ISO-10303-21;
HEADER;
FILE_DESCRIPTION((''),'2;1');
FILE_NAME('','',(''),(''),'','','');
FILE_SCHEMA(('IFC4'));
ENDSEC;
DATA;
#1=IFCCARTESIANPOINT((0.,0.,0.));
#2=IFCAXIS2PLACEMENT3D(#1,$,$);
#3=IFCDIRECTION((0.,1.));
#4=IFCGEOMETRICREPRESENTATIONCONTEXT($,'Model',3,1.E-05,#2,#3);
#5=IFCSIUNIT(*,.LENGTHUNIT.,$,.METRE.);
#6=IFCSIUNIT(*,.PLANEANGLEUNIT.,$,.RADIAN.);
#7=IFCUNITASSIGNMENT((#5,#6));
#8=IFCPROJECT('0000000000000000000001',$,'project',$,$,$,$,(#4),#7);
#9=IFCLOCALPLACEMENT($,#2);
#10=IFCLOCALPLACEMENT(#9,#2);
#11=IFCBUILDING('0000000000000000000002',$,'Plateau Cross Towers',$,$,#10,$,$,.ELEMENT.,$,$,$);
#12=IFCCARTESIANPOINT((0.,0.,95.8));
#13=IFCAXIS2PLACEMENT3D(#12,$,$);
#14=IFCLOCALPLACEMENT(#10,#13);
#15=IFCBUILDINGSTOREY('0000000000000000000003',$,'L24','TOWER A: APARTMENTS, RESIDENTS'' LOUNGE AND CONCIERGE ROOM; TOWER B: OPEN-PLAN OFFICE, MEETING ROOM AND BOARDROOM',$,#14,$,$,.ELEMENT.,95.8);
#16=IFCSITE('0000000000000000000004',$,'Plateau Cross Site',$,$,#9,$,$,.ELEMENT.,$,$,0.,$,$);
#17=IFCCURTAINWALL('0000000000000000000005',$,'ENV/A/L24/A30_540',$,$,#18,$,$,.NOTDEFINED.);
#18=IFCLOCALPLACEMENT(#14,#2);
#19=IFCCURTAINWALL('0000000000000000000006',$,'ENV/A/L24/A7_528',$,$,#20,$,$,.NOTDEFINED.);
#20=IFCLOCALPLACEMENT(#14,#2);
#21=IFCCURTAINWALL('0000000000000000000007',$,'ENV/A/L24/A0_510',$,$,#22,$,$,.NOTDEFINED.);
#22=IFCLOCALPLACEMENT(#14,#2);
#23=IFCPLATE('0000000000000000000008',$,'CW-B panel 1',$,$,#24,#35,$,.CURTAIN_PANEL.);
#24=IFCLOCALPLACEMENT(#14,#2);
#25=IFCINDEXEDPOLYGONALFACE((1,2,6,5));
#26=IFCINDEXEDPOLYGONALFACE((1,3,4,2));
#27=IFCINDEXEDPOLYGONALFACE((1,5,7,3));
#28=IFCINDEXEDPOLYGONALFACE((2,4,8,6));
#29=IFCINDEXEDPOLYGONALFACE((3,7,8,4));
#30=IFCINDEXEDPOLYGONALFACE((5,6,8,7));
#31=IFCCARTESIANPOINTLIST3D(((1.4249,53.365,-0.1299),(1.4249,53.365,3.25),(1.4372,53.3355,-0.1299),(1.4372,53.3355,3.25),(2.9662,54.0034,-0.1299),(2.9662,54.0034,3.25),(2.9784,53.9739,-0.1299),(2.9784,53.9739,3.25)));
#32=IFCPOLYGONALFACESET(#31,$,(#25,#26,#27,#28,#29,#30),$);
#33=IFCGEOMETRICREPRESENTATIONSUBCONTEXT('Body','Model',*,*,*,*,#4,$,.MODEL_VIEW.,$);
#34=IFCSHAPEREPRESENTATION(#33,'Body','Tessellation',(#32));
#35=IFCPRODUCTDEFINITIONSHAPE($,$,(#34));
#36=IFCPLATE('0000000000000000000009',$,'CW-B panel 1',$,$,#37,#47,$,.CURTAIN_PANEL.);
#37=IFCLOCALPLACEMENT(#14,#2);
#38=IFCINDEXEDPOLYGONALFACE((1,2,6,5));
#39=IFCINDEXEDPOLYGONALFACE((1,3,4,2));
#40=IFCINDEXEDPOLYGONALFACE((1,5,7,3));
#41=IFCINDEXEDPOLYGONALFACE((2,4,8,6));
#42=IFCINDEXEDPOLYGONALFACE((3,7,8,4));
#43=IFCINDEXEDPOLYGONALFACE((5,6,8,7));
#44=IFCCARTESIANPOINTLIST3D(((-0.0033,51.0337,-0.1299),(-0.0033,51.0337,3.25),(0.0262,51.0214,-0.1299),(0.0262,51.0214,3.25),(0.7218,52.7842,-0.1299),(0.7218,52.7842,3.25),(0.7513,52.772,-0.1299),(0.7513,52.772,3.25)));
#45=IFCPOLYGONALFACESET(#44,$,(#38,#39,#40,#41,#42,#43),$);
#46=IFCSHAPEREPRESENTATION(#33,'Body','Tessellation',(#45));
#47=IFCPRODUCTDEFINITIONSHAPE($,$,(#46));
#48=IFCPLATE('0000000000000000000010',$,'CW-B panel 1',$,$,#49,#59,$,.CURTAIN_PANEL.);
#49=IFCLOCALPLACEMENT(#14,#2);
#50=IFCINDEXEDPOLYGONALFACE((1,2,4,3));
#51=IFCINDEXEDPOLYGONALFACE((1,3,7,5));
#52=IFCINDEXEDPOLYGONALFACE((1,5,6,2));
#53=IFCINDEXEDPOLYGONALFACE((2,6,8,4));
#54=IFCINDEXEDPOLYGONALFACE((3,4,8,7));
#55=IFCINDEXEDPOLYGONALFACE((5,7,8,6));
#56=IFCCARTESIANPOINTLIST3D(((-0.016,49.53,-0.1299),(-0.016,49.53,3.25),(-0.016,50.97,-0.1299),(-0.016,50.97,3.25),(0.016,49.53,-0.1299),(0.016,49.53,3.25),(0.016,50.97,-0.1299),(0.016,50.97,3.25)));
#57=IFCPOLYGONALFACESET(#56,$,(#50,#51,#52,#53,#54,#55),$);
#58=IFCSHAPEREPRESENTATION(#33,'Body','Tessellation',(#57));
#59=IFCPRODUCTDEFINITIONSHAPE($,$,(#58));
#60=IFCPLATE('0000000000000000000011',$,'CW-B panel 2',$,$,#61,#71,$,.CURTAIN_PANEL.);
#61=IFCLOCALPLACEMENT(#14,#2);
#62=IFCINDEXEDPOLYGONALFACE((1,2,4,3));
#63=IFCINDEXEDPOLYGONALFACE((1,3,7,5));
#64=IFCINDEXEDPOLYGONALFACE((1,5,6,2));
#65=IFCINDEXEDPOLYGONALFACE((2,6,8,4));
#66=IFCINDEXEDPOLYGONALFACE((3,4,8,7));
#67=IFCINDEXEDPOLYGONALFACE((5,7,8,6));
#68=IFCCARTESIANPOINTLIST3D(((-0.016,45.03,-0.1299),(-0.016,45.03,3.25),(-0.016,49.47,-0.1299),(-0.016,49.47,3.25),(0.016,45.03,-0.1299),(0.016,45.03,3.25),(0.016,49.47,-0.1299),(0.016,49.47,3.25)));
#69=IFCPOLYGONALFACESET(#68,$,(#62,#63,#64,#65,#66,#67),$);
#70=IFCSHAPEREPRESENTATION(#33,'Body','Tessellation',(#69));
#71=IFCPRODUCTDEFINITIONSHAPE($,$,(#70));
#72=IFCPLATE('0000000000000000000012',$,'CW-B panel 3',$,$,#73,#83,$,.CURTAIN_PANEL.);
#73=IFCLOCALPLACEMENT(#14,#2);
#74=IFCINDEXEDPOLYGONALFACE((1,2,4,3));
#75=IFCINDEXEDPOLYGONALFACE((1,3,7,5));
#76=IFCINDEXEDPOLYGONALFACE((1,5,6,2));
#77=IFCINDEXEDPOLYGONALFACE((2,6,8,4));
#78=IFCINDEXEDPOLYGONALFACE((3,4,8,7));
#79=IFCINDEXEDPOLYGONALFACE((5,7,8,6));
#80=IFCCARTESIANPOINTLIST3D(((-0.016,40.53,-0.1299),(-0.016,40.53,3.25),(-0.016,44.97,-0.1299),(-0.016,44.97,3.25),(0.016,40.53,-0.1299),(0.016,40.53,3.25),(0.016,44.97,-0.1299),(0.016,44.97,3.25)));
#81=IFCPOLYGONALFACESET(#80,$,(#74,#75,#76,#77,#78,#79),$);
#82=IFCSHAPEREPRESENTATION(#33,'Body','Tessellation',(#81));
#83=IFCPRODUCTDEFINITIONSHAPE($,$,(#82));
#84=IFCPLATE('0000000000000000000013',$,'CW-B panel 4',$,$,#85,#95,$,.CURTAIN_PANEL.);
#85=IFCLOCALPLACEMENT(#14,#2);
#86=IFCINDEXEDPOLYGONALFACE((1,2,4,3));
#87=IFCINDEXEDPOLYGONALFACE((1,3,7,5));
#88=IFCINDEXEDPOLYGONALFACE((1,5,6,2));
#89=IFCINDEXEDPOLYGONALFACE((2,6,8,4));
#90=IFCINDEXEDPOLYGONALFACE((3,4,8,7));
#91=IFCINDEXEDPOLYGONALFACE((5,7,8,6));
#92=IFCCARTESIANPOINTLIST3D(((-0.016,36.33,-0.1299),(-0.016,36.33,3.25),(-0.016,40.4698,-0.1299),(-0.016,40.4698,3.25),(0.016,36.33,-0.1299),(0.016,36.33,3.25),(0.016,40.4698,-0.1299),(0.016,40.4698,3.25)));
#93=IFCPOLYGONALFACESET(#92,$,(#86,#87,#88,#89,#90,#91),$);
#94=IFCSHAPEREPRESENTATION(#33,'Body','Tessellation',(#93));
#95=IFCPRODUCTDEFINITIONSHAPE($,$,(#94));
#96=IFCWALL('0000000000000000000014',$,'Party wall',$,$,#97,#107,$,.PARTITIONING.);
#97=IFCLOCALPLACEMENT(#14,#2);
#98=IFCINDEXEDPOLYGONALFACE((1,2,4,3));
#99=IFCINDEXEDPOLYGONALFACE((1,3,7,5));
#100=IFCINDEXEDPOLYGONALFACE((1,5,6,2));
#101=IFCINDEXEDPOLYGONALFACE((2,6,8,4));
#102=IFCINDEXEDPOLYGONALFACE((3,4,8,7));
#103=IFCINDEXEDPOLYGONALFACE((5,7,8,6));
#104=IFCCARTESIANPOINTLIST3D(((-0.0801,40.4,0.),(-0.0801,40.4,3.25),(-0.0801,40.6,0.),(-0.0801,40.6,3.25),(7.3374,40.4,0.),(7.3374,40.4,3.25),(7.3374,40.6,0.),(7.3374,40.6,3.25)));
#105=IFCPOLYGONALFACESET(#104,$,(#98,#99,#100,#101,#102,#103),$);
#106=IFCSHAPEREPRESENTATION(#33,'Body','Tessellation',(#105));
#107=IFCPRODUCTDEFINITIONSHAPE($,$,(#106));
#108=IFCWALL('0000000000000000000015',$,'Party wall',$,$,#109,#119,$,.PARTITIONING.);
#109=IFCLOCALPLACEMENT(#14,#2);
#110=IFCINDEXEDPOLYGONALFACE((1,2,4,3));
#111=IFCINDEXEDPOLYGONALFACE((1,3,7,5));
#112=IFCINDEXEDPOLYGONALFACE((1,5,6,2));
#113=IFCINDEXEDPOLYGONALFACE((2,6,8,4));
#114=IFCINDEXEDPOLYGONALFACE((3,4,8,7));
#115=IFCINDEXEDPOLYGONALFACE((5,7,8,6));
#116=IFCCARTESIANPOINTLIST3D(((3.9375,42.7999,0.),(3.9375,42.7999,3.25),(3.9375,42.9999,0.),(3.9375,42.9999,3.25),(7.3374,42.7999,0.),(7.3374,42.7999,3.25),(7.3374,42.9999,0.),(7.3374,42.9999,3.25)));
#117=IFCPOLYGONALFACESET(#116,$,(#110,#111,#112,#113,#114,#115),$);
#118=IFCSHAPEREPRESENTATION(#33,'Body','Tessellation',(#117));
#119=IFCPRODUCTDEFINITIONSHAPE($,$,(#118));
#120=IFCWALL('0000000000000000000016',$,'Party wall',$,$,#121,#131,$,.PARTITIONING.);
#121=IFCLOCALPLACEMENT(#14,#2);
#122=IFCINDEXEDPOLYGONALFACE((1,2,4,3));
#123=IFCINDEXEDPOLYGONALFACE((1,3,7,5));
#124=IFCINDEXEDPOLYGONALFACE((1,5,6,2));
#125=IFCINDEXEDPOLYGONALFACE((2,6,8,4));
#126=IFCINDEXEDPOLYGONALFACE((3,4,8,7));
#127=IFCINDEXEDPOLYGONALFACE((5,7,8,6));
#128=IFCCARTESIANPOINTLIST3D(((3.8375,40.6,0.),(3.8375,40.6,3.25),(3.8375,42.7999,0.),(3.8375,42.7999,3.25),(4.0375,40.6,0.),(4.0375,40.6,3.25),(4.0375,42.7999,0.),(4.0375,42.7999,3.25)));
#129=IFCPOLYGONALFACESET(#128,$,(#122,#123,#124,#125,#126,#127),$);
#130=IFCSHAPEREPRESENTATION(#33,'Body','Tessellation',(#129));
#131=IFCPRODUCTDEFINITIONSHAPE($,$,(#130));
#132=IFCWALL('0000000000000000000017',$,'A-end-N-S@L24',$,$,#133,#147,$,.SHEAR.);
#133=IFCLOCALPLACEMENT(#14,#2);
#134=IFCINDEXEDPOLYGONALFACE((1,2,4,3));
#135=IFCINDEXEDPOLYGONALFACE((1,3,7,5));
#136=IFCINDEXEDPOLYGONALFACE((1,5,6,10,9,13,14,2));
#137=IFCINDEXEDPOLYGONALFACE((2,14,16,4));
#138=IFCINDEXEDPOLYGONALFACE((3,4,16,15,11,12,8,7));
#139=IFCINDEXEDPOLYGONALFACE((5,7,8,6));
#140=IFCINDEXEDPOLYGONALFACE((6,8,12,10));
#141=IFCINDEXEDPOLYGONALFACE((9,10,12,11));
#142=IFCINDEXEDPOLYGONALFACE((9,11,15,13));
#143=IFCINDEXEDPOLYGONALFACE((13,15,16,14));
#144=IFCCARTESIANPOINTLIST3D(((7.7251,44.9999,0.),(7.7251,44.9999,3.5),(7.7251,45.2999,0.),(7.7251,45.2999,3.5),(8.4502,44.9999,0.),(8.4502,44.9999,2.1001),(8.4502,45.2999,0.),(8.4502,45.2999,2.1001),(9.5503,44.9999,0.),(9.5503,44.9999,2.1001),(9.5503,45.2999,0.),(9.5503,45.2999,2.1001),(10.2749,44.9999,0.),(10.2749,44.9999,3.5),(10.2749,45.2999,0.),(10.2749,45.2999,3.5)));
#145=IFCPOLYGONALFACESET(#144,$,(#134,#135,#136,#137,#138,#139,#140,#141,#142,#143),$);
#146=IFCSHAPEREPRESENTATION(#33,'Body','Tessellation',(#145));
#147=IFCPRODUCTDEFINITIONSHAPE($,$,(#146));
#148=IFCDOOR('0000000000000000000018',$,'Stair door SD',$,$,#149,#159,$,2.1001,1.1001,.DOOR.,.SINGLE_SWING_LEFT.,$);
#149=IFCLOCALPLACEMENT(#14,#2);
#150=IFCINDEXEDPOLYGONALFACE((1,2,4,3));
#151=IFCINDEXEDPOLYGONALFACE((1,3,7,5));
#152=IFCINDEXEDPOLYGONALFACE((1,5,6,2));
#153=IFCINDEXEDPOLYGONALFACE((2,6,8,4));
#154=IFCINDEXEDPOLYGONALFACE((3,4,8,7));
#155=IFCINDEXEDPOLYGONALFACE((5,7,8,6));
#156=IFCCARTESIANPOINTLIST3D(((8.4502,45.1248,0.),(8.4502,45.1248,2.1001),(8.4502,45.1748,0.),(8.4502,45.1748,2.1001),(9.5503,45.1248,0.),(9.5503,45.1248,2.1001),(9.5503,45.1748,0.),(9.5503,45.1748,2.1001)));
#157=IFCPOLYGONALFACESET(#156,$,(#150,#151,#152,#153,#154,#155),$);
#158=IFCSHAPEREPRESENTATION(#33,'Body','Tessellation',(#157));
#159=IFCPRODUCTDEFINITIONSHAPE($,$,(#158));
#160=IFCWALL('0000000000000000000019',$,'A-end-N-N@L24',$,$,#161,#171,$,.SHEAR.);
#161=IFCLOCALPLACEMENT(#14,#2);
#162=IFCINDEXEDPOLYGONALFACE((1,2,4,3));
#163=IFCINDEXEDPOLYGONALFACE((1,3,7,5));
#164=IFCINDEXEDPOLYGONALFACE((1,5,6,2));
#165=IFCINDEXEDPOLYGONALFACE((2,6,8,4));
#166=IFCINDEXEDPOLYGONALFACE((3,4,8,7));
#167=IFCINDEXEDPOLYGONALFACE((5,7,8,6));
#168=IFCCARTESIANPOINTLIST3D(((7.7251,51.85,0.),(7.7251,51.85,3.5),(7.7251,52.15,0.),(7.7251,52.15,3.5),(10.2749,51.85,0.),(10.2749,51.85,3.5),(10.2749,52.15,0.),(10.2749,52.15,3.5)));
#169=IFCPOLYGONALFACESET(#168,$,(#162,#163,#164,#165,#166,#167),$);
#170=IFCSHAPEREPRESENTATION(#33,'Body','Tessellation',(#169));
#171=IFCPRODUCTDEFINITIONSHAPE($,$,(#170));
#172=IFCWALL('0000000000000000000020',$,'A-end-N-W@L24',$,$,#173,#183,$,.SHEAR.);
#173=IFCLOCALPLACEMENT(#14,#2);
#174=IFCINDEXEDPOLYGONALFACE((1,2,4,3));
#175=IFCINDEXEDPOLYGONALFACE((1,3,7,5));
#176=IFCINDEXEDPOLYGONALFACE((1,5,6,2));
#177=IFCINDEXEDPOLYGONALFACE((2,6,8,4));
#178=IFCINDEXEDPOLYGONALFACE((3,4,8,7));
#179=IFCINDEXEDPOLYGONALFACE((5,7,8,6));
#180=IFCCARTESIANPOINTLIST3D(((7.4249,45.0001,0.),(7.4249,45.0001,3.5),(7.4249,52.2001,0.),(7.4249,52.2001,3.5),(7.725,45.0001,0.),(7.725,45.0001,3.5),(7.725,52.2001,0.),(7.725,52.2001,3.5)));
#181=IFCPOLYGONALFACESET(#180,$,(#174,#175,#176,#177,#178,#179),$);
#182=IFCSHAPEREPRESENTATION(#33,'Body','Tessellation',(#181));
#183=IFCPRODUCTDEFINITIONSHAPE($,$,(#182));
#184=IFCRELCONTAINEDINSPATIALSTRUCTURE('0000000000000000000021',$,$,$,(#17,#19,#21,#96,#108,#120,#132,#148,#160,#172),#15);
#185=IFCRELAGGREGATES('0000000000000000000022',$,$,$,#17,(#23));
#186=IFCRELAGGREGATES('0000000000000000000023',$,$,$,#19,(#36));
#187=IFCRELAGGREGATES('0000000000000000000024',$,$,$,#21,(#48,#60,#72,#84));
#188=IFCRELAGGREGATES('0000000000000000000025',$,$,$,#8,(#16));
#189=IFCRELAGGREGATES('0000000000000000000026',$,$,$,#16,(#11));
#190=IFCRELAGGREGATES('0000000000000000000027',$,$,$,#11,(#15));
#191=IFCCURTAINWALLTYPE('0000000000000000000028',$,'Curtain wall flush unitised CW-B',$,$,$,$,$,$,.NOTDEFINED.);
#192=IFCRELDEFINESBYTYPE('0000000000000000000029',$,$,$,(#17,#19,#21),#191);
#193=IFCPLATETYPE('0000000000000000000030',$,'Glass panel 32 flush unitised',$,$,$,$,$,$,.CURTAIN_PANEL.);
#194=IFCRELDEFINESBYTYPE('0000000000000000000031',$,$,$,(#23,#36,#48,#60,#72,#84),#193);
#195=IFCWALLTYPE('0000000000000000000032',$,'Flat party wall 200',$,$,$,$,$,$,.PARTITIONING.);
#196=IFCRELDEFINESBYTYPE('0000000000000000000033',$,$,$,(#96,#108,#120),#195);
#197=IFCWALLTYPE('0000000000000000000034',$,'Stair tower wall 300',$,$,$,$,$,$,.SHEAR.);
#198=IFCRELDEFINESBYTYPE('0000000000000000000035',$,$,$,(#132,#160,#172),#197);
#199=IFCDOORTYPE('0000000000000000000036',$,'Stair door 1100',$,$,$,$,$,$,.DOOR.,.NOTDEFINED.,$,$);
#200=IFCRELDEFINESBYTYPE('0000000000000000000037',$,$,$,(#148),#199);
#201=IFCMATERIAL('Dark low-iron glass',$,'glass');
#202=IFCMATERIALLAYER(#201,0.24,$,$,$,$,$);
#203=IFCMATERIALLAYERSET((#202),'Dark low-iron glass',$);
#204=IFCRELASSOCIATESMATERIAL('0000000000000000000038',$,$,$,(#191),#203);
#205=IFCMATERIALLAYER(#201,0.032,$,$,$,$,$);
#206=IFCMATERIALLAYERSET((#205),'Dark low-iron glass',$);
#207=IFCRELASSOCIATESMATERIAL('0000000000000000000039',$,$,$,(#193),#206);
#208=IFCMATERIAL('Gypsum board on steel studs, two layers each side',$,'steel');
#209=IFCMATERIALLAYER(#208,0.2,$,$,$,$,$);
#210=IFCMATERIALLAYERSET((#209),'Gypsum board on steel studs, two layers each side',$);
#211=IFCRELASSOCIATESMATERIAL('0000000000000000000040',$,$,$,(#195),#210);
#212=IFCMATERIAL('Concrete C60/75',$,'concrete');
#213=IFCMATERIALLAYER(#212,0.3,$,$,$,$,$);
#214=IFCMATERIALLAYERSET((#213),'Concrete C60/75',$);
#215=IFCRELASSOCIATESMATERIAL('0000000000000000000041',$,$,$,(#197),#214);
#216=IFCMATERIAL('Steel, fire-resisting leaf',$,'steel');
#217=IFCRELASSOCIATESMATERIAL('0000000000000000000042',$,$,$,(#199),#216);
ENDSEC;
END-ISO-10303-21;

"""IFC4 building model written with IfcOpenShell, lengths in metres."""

from ifc_helpers import new_model, si_unit, direction, frame, frame_2d, origin, origin_2d, place, context, subcontext, project, spatial, rectangle, extrude, material, layer, layer_set, type_object, element, fill, aggregate, save


model = new_model("IFC4")

# Units and contexts
model_context = context("Model", 3, precision=1e-05, world=origin(), true_north=direction((0.0, 1.0)))
body_context = subcontext(model_context, "Body", "Model", "MODEL_VIEW")
ifc_project = project(units=[si_unit("LENGTHUNIT", "METRE"), si_unit("PLANEANGLEUNIT", "RADIAN")], contexts=[model_context])

# Site, building, storey
site_placement = place(None, origin())
site = spatial("IfcSite", under=ifc_project, at=site_placement, Name="Plateau Cross Site", CompositionType="ELEMENT", RefElevation=0.0)
building_placement = place(site_placement, origin())
building = spatial("IfcBuilding", under=site, at=building_placement, Name="Plateau Cross Towers", CompositionType="ELEMENT")
storey_placement = place(building_placement, frame((0.0, 0.0, 95.8)))
storey = spatial("IfcBuildingStorey", under=building, at=storey_placement, Name="L24", Description="TOWER A: APARTMENTS, RESIDENTS' LOUNGE AND CONCIERGE ROOM; TOWER B: OPEN-PLAN OFFICE, MEETING ROOM AND BOARDROOM", CompositionType="ELEMENT", Elevation=95.8)

# Shared definitions
ifc_material_1 = material(Name="Concrete C60/75", Category="concrete")

# Shared definitions
ifc_material_2 = material(Name="Dark low-iron glass", Category="glass")
ifc_layer_1 = layer(ifc_material_2, 0.24)
ifc_layer_set_1 = layer_set([ifc_layer_1], Name="Dark low-iron glass")
curtain_wall_type = type_object("IfcCurtainWallType", Name="Curtain wall flush unitised CW-B", PredefinedType="NOTDEFINED", material=ifc_layer_set_1)

# Curtain wall
curtain_wall_1_placement = place(storey_placement, origin())
curtain_wall_1 = element("IfcCurtainWall", 1, at=curtain_wall_1_placement, inside=storey, type_object=curtain_wall_type, Name="ENV/A/L24/A30_540", PredefinedType="NOTDEFINED")

# Curtain wall
curtain_wall_2_placement = place(storey_placement, origin())
curtain_wall_2 = element("IfcCurtainWall", 2, at=curtain_wall_2_placement, inside=storey, type_object=curtain_wall_type, Name="ENV/A/L24/A7_528", PredefinedType="NOTDEFINED")

# Curtain wall
curtain_wall_3_placement = place(storey_placement, origin())
curtain_wall_3 = element("IfcCurtainWall", 3, at=curtain_wall_3_placement, inside=storey, type_object=curtain_wall_type, Name="ENV/A/L24/A0_510", PredefinedType="NOTDEFINED")

# Plates
ifc_layer_2 = layer(ifc_material_2, 0.032)
ifc_layer_set_2 = layer_set([ifc_layer_2], Name="Dark low-iron glass")
plate_type = type_object("IfcPlateType", Name="Glass panel 32 flush unitised", PredefinedType="CURTAIN_PANEL", material=ifc_layer_set_2)
plate_1_placement = place(storey_placement, frame((2.2017, 53.6694, -0.1299), z_axis=(0.0, 0.0, 1.0), x_axis=(-0.923879, -0.382684, 0.0)))
plate_1 = element("IfcPlate", 4, at=plate_1_placement, type_object=plate_type, Name="CW-B panel 1", PredefinedType="CURTAIN_PANEL", context=body_context, shape_type="SweptSolid", body=[
    extrude(rectangle(XDim=1.6682, YDim=0.032, at=origin_2d()), origin(), (0.0, 0.0, 1.0), 3.3799),
])
aggregate(curtain_wall_1, [plate_1])
plate_2_placement = place(storey_placement, frame((0.374, 51.9028, -0.1299), z_axis=(0.0, 0.0, 1.0), x_axis=(-0.382684, -0.923879, 0.0)))
plate_2 = element("IfcPlate", 5, at=plate_2_placement, type_object=plate_type, Name="CW-B panel 1", PredefinedType="CURTAIN_PANEL", context=body_context, shape_type="SweptSolid", body=[
    extrude(rectangle(XDim=1.8948, YDim=0.032, at=origin_2d()), origin(), (0.0, 0.0, 1.0), 3.3799),
])
aggregate(curtain_wall_2, [plate_2])
plate_3_placement = place(storey_placement, frame((0.0, 50.25, -0.1299), z_axis=(0.0, 0.0, 1.0), x_axis=(0.0, -1.0, 0.0)))
plate_3 = element("IfcPlate", 6, at=plate_3_placement, type_object=plate_type, Name="CW-B panel 1", PredefinedType="CURTAIN_PANEL", context=body_context, shape_type="SweptSolid", body=[
    extrude(rectangle(XDim=1.4399, YDim=0.032, at=origin_2d()), origin(), (0.0, 0.0, 1.0), 3.3799),
])
plate_4_placement = place(storey_placement, frame((0.0, 47.25, -0.1299), z_axis=(0.0, 0.0, 1.0), x_axis=(0.0, -1.0, 0.0)))
plate_4 = element("IfcPlate", 7, at=plate_4_placement, type_object=plate_type, Name="CW-B panel 2", PredefinedType="CURTAIN_PANEL", context=body_context, shape_type="SweptSolid", body=[
    extrude(rectangle(XDim=4.4399, YDim=0.032, at=origin_2d()), origin(), (0.0, 0.0, 1.0), 3.3799),
])
plate_5_placement = place(storey_placement, frame((0.0, 42.75, -0.1299), z_axis=(0.0, 0.0, 1.0), x_axis=(0.0, -1.0, 0.0)))
plate_5 = element("IfcPlate", 8, at=plate_5_placement, type_object=plate_type, Name="CW-B panel 3", PredefinedType="CURTAIN_PANEL", context=body_context, shape_type="SweptSolid", body=[
    extrude(rectangle(XDim=4.4399, YDim=0.032, at=origin_2d()), origin(), (0.0, 0.0, 1.0), 3.3799),
])
plate_6_placement = place(storey_placement, frame((0.0, 38.3999, -0.1299), z_axis=(0.0, 0.0, 1.0), x_axis=(0.0, -1.0, 0.0)))
plate_6 = element("IfcPlate", 9, at=plate_6_placement, type_object=plate_type, Name="CW-B panel 4", PredefinedType="CURTAIN_PANEL", context=body_context, shape_type="SweptSolid", body=[
    extrude(rectangle(XDim=4.1399, YDim=0.032, at=origin_2d()), origin(), (0.0, 0.0, 1.0), 3.3799),
])
aggregate(curtain_wall_3, [plate_3, plate_4, plate_5, plate_6])

# Walls
ifc_material_3 = material(Name="Gypsum board on steel studs, two layers each side", Category="steel")
ifc_layer_3 = layer(ifc_material_3, 0.2)
ifc_layer_set_3 = layer_set([ifc_layer_3], Name="Gypsum board on steel studs, two layers each side")
wall_type_1 = type_object("IfcWallType", Name="Flat party wall 200", PredefinedType="PARTITIONING", material=ifc_layer_set_3)
wall_1_placement = place(storey_placement, frame((7.3374, 40.5, 0.0), z_axis=(0.0, 0.0, 1.0), x_axis=(-1.0, 0.0, 0.0)))
element("IfcWall", 10, at=wall_1_placement, inside=storey, type_object=wall_type_1, Name="Party wall", PredefinedType="PARTITIONING", context=body_context, shape_type="SweptSolid", body=[
    extrude(rectangle(XDim=7.4175, YDim=0.2, at=frame_2d((3.7087, 0.0))), origin(), (0.0, 0.0, 1.0), 3.25),
])
wall_2_placement = place(storey_placement, frame((7.3374, 42.8999, 0.0), z_axis=(0.0, 0.0, 1.0), x_axis=(-1.0, 0.0, 0.0)))
element("IfcWall", 11, at=wall_2_placement, inside=storey, type_object=wall_type_1, Name="Party wall", PredefinedType="PARTITIONING", context=body_context, shape_type="SweptSolid", body=[
    extrude(rectangle(XDim=3.3999, YDim=0.2, at=frame_2d((1.7, 0.0))), origin(), (0.0, 0.0, 1.0), 3.25),
])
wall_3_placement = place(storey_placement, frame((3.9375, 42.8, 0.0), z_axis=(0.0, 0.0, 1.0), x_axis=(0.0, -1.0, 0.0)))
element("IfcWall", 12, at=wall_3_placement, inside=storey, type_object=wall_type_1, Name="Party wall", PredefinedType="PARTITIONING", context=body_context, shape_type="SweptSolid", body=[
    extrude(rectangle(XDim=2.2, YDim=0.2, at=frame_2d((1.1001, 0.0))), origin(), (0.0, 0.0, 1.0), 3.25),
])

# Wall, opening, door
ifc_layer_4 = layer(ifc_material_1, 0.3)
ifc_layer_set_4 = layer_set([ifc_layer_4], Name="Concrete C60/75")
wall_type_2 = type_object("IfcWallType", Name="Stair tower wall 300", PredefinedType="SHEAR", material=ifc_layer_set_4)
wall_4_placement = place(storey_placement, frame((7.7251, 45.1499, 0.0), z_axis=(0.0, 0.0, 1.0), x_axis=(1.0, 0.0, 0.0)))
wall_4 = element("IfcWall", 13, at=wall_4_placement, inside=storey, type_object=wall_type_2, Name="A-end-N-S@L24", PredefinedType="SHEAR", context=body_context, shape_type="SweptSolid", body=[
    extrude(rectangle(XDim=2.5498, YDim=0.3, at=frame_2d((1.2749, 0.0))), origin(), (0.0, 0.0, 1.0), 3.5),
])
opening_placement = place(wall_4_placement, frame((0.7251, 0.0, 0.0)))
opening = element("IfcOpeningElement", 14, at=opening_placement, cuts=wall_4, PredefinedType="OPENING", context=body_context, shape_type="SweptSolid", body=[
    extrude(rectangle(XDim=1.1001, YDim=2.1001, at=frame_2d((0.55, 1.05))), frame((0.0, 0.1599, 0.0), z_axis=(0.0, -1.0, 0.0), x_axis=(1.0, 0.0, 0.0)), (0.0, 0.0, 1.0), 0.3201),
])
ifc_material_4 = material(Name="Steel, fire-resisting leaf", Category="steel")
door_type = type_object("IfcDoorType", Name="Stair door 1100", OperationType="NOTDEFINED", PredefinedType="DOOR", material=ifc_material_4)
door_placement = place(opening_placement, origin())
door = element("IfcDoor", 15, at=door_placement, inside=storey, type_object=door_type, Name="Stair door SD", OperationType="SINGLE_SWING_LEFT", OverallHeight=2.1001, OverallWidth=1.1001, PredefinedType="DOOR", context=body_context, shape_type="SweptSolid", body=[
    extrude(rectangle(XDim=1.1001, YDim=2.1001, at=frame_2d((0.55, 1.05))), frame((0.0, 0.0249, 0.0), z_axis=(0.0, -1.0, 0.0), x_axis=(1.0, 0.0, 0.0)), (0.0, 0.0, 1.0), 0.05),
])
fill(opening, door)

# Walls
wall_5_placement = place(storey_placement, frame((7.7251, 52.0, 0.0), z_axis=(0.0, 0.0, 1.0), x_axis=(1.0, 0.0, 0.0)))
element("IfcWall", 16, at=wall_5_placement, inside=storey, type_object=wall_type_2, Name="A-end-N-N@L24", PredefinedType="SHEAR", context=body_context, shape_type="SweptSolid", body=[
    extrude(rectangle(XDim=2.5498, YDim=0.3, at=frame_2d((1.2749, 0.0))), origin(), (0.0, 0.0, 1.0), 3.5),
])
wall_6_placement = place(storey_placement, frame((7.575, 45.0, 0.0), z_axis=(0.0, 0.0, 1.0), x_axis=(0.0, 1.0, 0.0)))
element("IfcWall", 17, at=wall_6_placement, inside=storey, type_object=wall_type_2, Name="A-end-N-W@L24", PredefinedType="SHEAR", context=body_context, shape_type="SweptSolid", body=[
    extrude(rectangle(XDim=7.2, YDim=0.3, at=frame_2d((3.6001, 0.0))), origin(), (0.0, 0.0, 1.0), 3.5),
])

save(model, "model.ifc")
